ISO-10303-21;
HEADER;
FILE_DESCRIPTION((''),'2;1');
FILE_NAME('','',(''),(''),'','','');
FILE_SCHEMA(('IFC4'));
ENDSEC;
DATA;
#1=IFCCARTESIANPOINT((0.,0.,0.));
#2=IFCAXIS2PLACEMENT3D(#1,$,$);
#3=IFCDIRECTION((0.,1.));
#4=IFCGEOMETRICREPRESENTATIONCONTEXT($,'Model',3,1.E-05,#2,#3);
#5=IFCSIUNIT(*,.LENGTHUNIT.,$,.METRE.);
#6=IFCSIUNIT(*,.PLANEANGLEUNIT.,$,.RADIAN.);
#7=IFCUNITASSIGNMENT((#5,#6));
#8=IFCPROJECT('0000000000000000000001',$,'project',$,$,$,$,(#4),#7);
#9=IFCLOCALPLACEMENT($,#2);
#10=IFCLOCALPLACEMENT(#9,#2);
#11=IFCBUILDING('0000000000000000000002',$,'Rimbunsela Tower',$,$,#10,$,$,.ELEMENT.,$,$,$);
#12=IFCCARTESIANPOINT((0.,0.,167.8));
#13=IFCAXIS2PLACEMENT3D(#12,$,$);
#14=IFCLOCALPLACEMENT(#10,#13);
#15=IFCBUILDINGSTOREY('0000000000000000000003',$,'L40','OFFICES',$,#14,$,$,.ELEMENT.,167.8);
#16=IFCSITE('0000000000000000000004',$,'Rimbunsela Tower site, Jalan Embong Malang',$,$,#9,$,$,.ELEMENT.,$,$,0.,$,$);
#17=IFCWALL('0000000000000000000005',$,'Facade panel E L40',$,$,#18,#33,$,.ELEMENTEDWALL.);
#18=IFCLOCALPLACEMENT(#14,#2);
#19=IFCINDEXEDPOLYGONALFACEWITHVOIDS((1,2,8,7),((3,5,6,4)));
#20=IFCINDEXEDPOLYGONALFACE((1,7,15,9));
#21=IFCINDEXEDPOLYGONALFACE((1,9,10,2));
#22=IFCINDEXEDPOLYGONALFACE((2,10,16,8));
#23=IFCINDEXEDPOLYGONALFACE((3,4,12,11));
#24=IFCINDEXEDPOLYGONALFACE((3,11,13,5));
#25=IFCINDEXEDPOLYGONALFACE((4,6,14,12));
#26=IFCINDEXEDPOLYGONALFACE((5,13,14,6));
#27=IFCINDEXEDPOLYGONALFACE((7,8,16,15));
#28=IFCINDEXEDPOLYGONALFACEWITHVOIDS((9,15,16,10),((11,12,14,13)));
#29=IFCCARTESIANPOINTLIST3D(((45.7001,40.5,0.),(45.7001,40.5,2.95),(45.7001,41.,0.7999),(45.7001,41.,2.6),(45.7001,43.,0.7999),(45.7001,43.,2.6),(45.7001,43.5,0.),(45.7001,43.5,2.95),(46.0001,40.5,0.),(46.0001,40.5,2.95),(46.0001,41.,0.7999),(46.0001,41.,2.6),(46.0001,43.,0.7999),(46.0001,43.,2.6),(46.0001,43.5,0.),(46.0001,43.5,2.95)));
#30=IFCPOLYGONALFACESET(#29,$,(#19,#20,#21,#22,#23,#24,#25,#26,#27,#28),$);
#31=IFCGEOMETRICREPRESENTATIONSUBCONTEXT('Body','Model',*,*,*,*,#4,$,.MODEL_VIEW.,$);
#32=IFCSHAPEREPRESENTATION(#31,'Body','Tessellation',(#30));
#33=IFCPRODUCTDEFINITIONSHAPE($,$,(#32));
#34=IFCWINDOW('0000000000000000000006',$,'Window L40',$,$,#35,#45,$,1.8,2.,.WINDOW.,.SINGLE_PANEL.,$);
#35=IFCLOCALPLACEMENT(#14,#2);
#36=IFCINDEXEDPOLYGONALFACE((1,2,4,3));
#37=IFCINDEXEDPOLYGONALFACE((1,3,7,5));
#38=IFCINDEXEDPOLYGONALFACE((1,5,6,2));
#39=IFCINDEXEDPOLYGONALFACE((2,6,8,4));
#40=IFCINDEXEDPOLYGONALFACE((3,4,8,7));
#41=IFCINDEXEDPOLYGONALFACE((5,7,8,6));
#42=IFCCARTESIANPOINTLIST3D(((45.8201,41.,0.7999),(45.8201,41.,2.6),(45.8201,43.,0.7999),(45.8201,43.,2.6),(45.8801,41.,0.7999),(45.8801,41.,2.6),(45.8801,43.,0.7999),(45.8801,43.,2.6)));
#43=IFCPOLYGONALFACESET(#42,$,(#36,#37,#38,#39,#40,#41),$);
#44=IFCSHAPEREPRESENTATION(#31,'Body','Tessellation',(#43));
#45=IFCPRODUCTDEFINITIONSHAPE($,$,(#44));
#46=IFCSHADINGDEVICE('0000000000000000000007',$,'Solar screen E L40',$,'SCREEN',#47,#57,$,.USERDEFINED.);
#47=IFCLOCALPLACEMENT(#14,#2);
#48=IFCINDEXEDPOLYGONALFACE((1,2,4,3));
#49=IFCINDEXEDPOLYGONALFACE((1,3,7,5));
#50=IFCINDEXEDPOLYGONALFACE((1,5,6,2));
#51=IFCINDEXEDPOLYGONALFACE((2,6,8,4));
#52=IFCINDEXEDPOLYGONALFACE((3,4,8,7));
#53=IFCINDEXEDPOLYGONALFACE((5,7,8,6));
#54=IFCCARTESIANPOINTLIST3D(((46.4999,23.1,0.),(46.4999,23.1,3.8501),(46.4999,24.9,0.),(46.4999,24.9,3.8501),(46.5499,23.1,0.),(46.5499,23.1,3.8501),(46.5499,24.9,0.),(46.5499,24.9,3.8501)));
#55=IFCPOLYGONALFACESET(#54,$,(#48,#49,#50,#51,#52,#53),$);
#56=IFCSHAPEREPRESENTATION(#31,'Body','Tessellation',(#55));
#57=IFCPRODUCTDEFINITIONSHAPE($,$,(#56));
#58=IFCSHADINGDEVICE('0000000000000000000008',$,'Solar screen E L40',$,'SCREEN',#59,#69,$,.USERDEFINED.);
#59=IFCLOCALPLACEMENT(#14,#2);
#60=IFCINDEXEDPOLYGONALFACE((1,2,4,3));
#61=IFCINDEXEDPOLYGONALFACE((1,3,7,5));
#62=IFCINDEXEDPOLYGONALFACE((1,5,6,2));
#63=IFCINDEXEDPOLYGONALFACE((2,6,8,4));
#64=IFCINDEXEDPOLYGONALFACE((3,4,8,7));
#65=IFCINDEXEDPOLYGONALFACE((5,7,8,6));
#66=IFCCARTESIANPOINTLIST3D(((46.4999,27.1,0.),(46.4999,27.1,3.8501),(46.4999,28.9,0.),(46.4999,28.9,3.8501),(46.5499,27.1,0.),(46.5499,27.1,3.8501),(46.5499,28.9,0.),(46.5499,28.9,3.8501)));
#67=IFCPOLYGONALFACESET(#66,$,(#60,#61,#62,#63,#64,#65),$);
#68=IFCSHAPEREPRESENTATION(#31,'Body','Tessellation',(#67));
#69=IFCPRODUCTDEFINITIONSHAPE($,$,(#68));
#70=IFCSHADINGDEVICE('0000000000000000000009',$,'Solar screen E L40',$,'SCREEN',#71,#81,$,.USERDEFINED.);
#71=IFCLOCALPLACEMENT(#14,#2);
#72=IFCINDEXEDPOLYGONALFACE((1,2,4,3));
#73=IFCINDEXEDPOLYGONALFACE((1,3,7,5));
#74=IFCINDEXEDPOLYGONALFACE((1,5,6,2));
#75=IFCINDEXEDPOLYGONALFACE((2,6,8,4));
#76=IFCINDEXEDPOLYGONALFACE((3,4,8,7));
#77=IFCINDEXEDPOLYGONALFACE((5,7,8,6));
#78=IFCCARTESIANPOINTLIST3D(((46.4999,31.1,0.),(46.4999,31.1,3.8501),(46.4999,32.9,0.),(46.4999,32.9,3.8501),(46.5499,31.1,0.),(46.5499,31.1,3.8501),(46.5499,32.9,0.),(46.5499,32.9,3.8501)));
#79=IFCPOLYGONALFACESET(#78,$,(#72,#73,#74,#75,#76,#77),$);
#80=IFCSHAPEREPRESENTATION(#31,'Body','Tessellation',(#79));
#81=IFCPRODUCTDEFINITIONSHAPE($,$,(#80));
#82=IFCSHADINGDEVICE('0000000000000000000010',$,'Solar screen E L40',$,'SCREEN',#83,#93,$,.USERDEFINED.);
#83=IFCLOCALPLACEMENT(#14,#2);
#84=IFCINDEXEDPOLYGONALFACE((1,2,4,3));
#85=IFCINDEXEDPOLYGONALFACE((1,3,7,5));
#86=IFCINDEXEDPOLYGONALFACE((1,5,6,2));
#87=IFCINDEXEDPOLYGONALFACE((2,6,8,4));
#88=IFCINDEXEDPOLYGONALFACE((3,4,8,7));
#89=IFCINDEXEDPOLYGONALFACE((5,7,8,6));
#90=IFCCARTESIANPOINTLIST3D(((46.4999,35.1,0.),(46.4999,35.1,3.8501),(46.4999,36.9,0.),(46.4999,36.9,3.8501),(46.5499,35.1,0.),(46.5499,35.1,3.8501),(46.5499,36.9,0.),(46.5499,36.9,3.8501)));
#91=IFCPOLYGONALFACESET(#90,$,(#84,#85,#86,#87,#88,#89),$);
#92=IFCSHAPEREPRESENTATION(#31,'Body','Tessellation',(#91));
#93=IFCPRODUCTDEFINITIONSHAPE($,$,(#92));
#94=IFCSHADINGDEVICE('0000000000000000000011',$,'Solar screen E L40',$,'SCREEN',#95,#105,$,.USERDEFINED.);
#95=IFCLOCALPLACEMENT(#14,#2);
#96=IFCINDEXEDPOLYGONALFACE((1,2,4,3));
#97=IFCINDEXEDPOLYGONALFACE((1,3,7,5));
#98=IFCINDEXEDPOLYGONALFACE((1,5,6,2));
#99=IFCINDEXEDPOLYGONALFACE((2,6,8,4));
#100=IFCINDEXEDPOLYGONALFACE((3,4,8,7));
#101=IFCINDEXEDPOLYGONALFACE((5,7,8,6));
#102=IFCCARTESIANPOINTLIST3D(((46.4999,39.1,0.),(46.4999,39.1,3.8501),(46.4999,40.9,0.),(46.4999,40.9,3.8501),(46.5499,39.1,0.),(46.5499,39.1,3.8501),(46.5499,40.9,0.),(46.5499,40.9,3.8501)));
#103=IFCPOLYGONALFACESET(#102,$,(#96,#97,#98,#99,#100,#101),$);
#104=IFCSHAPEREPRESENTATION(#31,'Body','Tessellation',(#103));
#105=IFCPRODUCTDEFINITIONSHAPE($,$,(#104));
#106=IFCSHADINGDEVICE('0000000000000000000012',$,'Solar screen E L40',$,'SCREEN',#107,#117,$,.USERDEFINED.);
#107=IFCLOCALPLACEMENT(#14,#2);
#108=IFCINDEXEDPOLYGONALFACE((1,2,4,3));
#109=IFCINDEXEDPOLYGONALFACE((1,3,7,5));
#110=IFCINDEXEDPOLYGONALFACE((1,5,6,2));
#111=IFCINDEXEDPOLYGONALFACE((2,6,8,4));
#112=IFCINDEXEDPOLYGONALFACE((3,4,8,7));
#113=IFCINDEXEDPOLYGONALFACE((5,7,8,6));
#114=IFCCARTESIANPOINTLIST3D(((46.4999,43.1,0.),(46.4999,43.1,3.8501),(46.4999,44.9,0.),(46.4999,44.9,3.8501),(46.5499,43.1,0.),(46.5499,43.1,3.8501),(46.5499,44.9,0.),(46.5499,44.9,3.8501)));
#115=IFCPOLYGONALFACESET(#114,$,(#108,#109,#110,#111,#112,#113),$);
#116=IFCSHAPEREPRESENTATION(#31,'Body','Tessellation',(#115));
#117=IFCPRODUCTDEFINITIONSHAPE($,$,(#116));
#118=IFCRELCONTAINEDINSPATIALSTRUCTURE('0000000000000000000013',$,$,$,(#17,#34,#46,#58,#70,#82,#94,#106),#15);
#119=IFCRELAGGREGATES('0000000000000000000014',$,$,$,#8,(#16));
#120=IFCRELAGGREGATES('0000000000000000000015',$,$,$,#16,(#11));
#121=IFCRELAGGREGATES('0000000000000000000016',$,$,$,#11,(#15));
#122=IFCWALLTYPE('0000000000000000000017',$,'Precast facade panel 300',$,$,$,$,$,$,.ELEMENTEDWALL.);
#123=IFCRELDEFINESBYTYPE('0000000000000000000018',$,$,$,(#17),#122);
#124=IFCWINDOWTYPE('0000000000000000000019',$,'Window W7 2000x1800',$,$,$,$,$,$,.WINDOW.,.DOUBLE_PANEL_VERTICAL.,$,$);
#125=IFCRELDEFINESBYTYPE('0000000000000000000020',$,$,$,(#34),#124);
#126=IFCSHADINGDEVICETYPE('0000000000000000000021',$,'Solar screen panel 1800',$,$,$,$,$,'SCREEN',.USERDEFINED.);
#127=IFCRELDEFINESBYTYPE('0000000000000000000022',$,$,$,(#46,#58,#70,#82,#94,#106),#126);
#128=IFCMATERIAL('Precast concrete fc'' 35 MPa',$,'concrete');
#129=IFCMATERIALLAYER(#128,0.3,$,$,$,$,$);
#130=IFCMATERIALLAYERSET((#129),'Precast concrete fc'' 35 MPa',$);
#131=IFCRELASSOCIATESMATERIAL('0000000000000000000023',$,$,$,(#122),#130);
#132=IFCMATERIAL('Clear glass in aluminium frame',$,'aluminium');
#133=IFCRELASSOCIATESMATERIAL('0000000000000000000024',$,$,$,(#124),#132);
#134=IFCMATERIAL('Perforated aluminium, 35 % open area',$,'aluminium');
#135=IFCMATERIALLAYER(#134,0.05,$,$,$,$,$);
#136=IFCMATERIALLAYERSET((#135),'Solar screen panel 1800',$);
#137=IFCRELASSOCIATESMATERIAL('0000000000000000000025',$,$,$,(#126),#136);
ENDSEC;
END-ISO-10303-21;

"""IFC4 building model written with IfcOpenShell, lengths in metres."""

from ifc_helpers import new_model, si_unit, direction, frame, frame_2d, origin, origin_2d, place, context, subcontext, project, spatial, rectangle, extrude, material, layer, layer_set, type_object, element, fill, save


model = new_model("IFC4")

# Units and contexts
model_context = context("Model", 3, precision=1e-05, world=origin(), true_north=direction((0.0, 1.0)))
body_context = subcontext(model_context, "Body", "Model", "MODEL_VIEW")
ifc_project = project(units=[si_unit("LENGTHUNIT", "METRE"), si_unit("PLANEANGLEUNIT", "RADIAN")], contexts=[model_context])

# Site, building, storey
site_placement = place(None, origin())
site = spatial("IfcSite", under=ifc_project, at=site_placement, Name="Rimbunsela Tower site, Jalan Embong Malang", CompositionType="ELEMENT", RefElevation=0.0)
building_placement = place(site_placement, origin())
building = spatial("IfcBuilding", under=site, at=building_placement, Name="Rimbunsela Tower", CompositionType="ELEMENT")
storey_placement = place(building_placement, frame((0.0, 0.0, 167.8)))
storey = spatial("IfcBuildingStorey", under=building, at=storey_placement, Name="L40", Description="OFFICES", CompositionType="ELEMENT", Elevation=167.8)

# Wall, opening, window
ifc_material_1 = material(Name="Precast concrete fc' 35 MPa", Category="concrete")
ifc_layer_1 = layer(ifc_material_1, 0.3)
ifc_layer_set_1 = layer_set([ifc_layer_1], Name="Precast concrete fc' 35 MPa")
wall_type_1 = type_object("IfcWallType", Name="Precast facade panel 300", PredefinedType="ELEMENTEDWALL", material=ifc_layer_set_1)
ifc_material_2 = material(Name="Clear glass in aluminium frame", Category="aluminium")
window_type = type_object("IfcWindowType", Name="Window W7 2000x1800", PartitioningType="DOUBLE_PANEL_VERTICAL", PredefinedType="WINDOW", material=ifc_material_2)
wall_1_placement = place(storey_placement, frame((45.8501, 40.5, 0.0), z_axis=(0.0, 0.0, 1.0), x_axis=(0.0, 1.0, 0.0)))
wall_1 = element("IfcWall", 1, at=wall_1_placement, inside=storey, type_object=wall_type_1, Name="Facade panel E L40", PredefinedType="ELEMENTEDWALL", context=body_context, shape_type="SweptSolid", body=[
    extrude(rectangle(XDim=3.0, YDim=0.3, at=frame_2d((1.5, 0.0))), origin(), (0.0, 0.0, 1.0), 2.95),
])
opening_1_placement = place(wall_1_placement, frame((0.5, 0.0, 0.8)))
opening_1 = element("IfcOpeningElement", 2, at=opening_1_placement, cuts=wall_1, PredefinedType="OPENING", context=body_context, shape_type="SweptSolid", body=[
    extrude(rectangle(XDim=2.0, YDim=1.8, at=frame_2d((1.0, 0.8999))), frame((0.0, 0.1599, 0.0), z_axis=(0.0, -1.0, 0.0), x_axis=(1.0, 0.0, 0.0)), (0.0, 0.0, 1.0), 0.3201),
])
window_1_placement = place(opening_1_placement, origin())
window_1 = element("IfcWindow", 3, at=window_1_placement, inside=storey, type_object=window_type, Name="Window L40", OverallHeight=1.8, OverallWidth=2.0, PartitioningType="SINGLE_PANEL", PredefinedType="WINDOW", context=body_context, shape_type="SweptSolid", body=[
    extrude(rectangle(XDim=2.0, YDim=1.8, at=frame_2d((1.0, 0.8999))), frame((0.0, 0.03, 0.0), z_axis=(0.0, -1.0, 0.0), x_axis=(1.0, 0.0, 0.0)), (0.0, 0.0, 1.0), 0.0601),
])
fill(opening_1, window_1)

# Shading devices
ifc_material_3 = material(Name="Perforated aluminium, 35 % open area", Category="aluminium")
ifc_layer_2 = layer(ifc_material_3, 0.05)
ifc_layer_set_2 = layer_set([ifc_layer_2], Name="Solar screen panel 1800")
shading_device_type = type_object("IfcShadingDeviceType", Name="Solar screen panel 1800", ElementType="SCREEN", PredefinedType="USERDEFINED", material=ifc_layer_set_2)
for number, where, z_axis, x_axis, name in (
    (4, (46.5249, 24.0, 0.0), (0.0, 0.0, 1.0), (0.0, 1.0, 0.0), "Solar screen E L40"),
    (5, (46.5249, 28.0, 0.0), (0.0, 0.0, 1.0), (0.0, 1.0, 0.0), "Solar screen E L40"),
    (6, (46.5249, 32.0, 0.0), (0.0, 0.0, 1.0), (0.0, 1.0, 0.0), "Solar screen E L40"),
    (7, (46.5249, 36.0, 0.0), (0.0, 0.0, 1.0), (0.0, 1.0, 0.0), "Solar screen E L40"),
    (8, (46.5249, 40.0, 0.0), (0.0, 0.0, 1.0), (0.0, 1.0, 0.0), "Solar screen E L40"),
    (9, (46.5249, 44.0, 0.0), (0.0, 0.0, 1.0), (0.0, 1.0, 0.0), "Solar screen E L40"),
):
    element("IfcShadingDevice", number, at=place(storey_placement, frame(where, z_axis=z_axis, x_axis=x_axis)), inside=storey, type_object=shading_device_type, Name=name, ObjectType="SCREEN", PredefinedType="USERDEFINED", context=body_context, shape_type="SweptSolid", body=[
        extrude(rectangle(XDim=1.8, YDim=0.05, at=origin_2d()), origin(), (0.0, 0.0, 1.0), 3.8501),
    ])

save(model, "model.ifc")
